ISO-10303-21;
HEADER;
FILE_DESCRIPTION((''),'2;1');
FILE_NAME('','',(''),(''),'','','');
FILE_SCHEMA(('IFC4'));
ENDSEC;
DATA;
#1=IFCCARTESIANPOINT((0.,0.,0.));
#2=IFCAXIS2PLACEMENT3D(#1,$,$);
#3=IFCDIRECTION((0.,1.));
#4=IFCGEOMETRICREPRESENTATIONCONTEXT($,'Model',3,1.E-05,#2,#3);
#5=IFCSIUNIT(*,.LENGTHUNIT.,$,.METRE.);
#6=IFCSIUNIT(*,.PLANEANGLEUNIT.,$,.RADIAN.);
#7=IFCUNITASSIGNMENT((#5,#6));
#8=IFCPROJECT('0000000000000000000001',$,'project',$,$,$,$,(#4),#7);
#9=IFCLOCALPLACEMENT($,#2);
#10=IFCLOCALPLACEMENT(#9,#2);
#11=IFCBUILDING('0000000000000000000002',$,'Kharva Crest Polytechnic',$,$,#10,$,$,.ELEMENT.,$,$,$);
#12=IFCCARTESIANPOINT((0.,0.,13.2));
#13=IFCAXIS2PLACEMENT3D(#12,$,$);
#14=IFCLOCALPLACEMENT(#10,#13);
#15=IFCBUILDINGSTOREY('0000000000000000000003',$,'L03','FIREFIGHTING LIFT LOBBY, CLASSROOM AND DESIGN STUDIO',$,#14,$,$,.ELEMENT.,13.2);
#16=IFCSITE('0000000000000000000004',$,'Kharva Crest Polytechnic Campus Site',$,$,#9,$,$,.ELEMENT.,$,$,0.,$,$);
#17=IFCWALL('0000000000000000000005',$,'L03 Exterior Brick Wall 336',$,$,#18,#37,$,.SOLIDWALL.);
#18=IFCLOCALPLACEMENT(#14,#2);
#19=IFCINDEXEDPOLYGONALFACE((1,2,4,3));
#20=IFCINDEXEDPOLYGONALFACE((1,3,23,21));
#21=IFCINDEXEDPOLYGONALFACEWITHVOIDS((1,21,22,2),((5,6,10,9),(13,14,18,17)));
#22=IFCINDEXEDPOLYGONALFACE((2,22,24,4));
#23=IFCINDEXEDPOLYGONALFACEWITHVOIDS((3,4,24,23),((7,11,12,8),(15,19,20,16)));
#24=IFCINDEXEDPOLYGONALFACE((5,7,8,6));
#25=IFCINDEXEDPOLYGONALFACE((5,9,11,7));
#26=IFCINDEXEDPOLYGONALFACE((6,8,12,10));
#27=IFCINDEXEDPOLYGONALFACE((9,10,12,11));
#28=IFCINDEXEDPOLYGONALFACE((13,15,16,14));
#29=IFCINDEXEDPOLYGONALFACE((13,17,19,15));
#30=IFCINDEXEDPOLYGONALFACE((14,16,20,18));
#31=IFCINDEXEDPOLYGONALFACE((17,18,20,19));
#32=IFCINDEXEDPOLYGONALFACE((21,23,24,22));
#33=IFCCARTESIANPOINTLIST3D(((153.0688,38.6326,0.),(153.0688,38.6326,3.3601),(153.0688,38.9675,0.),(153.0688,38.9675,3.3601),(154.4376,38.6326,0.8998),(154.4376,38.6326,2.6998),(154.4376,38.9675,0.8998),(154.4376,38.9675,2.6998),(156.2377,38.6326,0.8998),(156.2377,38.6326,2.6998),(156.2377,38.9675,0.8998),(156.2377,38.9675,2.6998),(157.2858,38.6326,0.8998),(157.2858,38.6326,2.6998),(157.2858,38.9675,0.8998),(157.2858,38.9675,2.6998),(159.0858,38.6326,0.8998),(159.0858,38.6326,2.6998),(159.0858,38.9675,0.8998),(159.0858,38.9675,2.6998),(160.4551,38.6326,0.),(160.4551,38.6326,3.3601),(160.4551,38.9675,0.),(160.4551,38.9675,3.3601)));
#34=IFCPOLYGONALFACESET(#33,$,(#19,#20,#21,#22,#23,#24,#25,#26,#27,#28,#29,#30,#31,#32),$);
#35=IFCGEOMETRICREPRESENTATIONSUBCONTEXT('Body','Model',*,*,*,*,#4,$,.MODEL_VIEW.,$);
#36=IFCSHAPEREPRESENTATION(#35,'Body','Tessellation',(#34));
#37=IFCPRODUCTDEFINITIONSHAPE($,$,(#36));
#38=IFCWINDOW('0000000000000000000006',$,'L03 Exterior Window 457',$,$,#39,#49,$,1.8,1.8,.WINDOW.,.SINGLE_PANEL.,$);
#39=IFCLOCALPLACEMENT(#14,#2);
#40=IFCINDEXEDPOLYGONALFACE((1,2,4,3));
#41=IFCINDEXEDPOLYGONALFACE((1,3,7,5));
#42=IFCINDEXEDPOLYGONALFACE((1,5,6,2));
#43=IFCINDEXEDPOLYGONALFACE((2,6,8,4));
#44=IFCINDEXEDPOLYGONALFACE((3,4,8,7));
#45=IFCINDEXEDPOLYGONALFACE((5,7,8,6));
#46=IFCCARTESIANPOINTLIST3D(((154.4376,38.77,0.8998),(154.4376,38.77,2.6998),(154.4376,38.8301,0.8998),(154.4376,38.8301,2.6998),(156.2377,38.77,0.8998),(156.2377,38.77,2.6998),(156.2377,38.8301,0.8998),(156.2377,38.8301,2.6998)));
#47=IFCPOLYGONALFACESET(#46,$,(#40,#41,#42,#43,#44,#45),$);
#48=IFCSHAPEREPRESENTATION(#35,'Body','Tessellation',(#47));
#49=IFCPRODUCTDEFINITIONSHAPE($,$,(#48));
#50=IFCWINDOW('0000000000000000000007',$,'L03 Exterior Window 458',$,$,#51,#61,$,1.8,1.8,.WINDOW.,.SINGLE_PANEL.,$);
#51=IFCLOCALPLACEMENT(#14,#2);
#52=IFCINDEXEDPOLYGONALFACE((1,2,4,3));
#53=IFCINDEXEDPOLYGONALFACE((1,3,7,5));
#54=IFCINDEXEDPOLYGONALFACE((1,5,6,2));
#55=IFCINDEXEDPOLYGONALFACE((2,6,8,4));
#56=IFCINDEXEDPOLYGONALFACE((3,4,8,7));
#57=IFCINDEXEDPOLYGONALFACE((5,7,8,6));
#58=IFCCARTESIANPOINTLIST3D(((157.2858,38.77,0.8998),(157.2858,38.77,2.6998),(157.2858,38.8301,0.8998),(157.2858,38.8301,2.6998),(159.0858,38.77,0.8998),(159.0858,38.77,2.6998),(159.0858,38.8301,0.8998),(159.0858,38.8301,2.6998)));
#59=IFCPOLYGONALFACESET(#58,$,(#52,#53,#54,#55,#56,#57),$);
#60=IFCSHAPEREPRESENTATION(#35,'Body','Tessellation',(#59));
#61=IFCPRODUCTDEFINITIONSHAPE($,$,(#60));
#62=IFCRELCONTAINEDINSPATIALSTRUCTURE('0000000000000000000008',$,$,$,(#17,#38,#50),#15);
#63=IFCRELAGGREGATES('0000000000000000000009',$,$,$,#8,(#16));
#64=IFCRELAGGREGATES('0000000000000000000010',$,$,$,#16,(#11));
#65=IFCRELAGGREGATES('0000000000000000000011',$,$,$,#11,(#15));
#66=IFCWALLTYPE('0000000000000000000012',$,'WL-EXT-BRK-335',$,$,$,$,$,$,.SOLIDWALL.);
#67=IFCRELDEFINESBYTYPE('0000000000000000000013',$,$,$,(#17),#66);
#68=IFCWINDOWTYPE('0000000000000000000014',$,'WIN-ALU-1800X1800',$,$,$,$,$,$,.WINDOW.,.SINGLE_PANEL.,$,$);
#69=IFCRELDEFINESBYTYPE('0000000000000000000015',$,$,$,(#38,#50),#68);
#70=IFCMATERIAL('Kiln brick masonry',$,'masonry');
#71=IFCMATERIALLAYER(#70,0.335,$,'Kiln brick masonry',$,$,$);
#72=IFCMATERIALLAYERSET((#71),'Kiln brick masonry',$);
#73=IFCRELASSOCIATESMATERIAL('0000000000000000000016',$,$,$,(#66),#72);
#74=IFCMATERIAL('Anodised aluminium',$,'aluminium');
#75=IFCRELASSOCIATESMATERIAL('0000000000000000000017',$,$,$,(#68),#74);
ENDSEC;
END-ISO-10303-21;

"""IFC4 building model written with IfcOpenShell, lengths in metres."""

from ifc_helpers import new_model, si_unit, direction, frame, frame_2d, origin, place, context, subcontext, project, spatial, rectangle, extrude, material, layer, layer_set, type_object, element, fill, save


model = new_model("IFC4")

# Units and contexts
model_context = context("Model", 3, precision=1e-05, world=origin(), true_north=direction((0.0, 1.0)))
body_context = subcontext(model_context, "Body", "Model", "MODEL_VIEW")
ifc_project = project(units=[si_unit("LENGTHUNIT", "METRE"), si_unit("PLANEANGLEUNIT", "RADIAN")], contexts=[model_context])

# Site, building, storey
site_placement = place(None, origin())
site = spatial("IfcSite", under=ifc_project, at=site_placement, Name="Kharva Crest Polytechnic Campus Site", CompositionType="ELEMENT", RefElevation=0.0)
building_placement = place(site_placement, origin())
building = spatial("IfcBuilding", under=site, at=building_placement, Name="Kharva Crest Polytechnic", CompositionType="ELEMENT")
storey_placement = place(building_placement, frame((0.0, 0.0, 13.2)))
storey = spatial("IfcBuildingStorey", under=building, at=storey_placement, Name="L03", Description="FIREFIGHTING LIFT LOBBY, CLASSROOM AND DESIGN STUDIO", CompositionType="ELEMENT", Elevation=13.2)

# Wall, openings, windows
ifc_material_1 = material(Name="Kiln brick masonry", Category="masonry")
ifc_layer_1 = layer(ifc_material_1, 0.335, Name="Kiln brick masonry")
ifc_layer_set_1 = layer_set([ifc_layer_1], Name="Kiln brick masonry")
wall_type = type_object("IfcWallType", Name="WL-EXT-BRK-335", PredefinedType="SOLIDWALL", material=ifc_layer_set_1)
wall_placement = place(storey_placement, frame((153.0688, 38.8, 0.0), z_axis=(0.0, 0.0, 1.0), x_axis=(1.0, 0.0, 0.0)))
wall = element("IfcWall", 1, at=wall_placement, inside=storey, type_object=wall_type, Name="L03 Exterior Brick Wall 336", PredefinedType="SOLIDWALL", context=body_context, shape_type="SweptSolid", body=[
    extrude(rectangle(XDim=7.3862, YDim=0.335, at=frame_2d((3.6931, 0.0))), origin(), (0.0, 0.0, 1.0), 3.3601),
])
opening_1_placement = place(wall_placement, frame((1.3689, 0.0, 0.8999)))
opening_1 = element("IfcOpeningElement", 2, at=opening_1_placement, cuts=wall, PredefinedType="OPENING", context=body_context, shape_type="SweptSolid", body=[
    extrude(rectangle(XDim=1.8, YDim=1.8, at=frame_2d((0.8999, 0.8999))), frame((0.0, 0.1775, 0.0), z_axis=(0.0, -1.0, 0.0), x_axis=(1.0, 0.0, 0.0)), (0.0, 0.0, 1.0), 0.355),
])
opening_2_placement = place(wall_placement, frame((4.217, 0.0, 0.8999)))
opening_2 = element("IfcOpeningElement", 3, at=opening_2_placement, cuts=wall, PredefinedType="OPENING", context=body_context, shape_type="SweptSolid", body=[
    extrude(rectangle(XDim=1.8, YDim=1.8, at=frame_2d((0.8999, 0.8999))), frame((0.0, 0.1775, 0.0), z_axis=(0.0, -1.0, 0.0), x_axis=(1.0, 0.0, 0.0)), (0.0, 0.0, 1.0), 0.355),
])
ifc_material_2 = material(Name="Anodised aluminium", Category="aluminium")
window_type = type_object("IfcWindowType", Name="WIN-ALU-1800X1800", PartitioningType="SINGLE_PANEL", PredefinedType="WINDOW", material=ifc_material_2)
window_1_placement = place(opening_1_placement, origin())
window_1 = element("IfcWindow", 4, at=window_1_placement, inside=storey, type_object=window_type, Name="L03 Exterior Window 457", OverallHeight=1.8, OverallWidth=1.8, PartitioningType="SINGLE_PANEL", PredefinedType="WINDOW", context=body_context, shape_type="SweptSolid", body=[
    extrude(rectangle(XDim=1.8, YDim=1.8, at=frame_2d((0.8999, 0.8999))), frame((0.0, 0.03, 0.0), z_axis=(0.0, -1.0, 0.0), x_axis=(1.0, 0.0, 0.0)), (0.0, 0.0, 1.0), 0.0601),
])
fill(opening_1, window_1)
window_2_placement = place(opening_2_placement, origin())
window_2 = element("IfcWindow", 5, at=window_2_placement, inside=storey, type_object=window_type, Name="L03 Exterior Window 458", OverallHeight=1.8, OverallWidth=1.8, PartitioningType="SINGLE_PANEL", PredefinedType="WINDOW", context=body_context, shape_type="SweptSolid", body=[
    extrude(rectangle(XDim=1.8, YDim=1.8, at=frame_2d((0.8999, 0.8999))), frame((0.0, 0.03, 0.0), z_axis=(0.0, -1.0, 0.0), x_axis=(1.0, 0.0, 0.0)), (0.0, 0.0, 1.0), 0.0601),
])
fill(opening_2, window_2)

save(model, "model.ifc")
